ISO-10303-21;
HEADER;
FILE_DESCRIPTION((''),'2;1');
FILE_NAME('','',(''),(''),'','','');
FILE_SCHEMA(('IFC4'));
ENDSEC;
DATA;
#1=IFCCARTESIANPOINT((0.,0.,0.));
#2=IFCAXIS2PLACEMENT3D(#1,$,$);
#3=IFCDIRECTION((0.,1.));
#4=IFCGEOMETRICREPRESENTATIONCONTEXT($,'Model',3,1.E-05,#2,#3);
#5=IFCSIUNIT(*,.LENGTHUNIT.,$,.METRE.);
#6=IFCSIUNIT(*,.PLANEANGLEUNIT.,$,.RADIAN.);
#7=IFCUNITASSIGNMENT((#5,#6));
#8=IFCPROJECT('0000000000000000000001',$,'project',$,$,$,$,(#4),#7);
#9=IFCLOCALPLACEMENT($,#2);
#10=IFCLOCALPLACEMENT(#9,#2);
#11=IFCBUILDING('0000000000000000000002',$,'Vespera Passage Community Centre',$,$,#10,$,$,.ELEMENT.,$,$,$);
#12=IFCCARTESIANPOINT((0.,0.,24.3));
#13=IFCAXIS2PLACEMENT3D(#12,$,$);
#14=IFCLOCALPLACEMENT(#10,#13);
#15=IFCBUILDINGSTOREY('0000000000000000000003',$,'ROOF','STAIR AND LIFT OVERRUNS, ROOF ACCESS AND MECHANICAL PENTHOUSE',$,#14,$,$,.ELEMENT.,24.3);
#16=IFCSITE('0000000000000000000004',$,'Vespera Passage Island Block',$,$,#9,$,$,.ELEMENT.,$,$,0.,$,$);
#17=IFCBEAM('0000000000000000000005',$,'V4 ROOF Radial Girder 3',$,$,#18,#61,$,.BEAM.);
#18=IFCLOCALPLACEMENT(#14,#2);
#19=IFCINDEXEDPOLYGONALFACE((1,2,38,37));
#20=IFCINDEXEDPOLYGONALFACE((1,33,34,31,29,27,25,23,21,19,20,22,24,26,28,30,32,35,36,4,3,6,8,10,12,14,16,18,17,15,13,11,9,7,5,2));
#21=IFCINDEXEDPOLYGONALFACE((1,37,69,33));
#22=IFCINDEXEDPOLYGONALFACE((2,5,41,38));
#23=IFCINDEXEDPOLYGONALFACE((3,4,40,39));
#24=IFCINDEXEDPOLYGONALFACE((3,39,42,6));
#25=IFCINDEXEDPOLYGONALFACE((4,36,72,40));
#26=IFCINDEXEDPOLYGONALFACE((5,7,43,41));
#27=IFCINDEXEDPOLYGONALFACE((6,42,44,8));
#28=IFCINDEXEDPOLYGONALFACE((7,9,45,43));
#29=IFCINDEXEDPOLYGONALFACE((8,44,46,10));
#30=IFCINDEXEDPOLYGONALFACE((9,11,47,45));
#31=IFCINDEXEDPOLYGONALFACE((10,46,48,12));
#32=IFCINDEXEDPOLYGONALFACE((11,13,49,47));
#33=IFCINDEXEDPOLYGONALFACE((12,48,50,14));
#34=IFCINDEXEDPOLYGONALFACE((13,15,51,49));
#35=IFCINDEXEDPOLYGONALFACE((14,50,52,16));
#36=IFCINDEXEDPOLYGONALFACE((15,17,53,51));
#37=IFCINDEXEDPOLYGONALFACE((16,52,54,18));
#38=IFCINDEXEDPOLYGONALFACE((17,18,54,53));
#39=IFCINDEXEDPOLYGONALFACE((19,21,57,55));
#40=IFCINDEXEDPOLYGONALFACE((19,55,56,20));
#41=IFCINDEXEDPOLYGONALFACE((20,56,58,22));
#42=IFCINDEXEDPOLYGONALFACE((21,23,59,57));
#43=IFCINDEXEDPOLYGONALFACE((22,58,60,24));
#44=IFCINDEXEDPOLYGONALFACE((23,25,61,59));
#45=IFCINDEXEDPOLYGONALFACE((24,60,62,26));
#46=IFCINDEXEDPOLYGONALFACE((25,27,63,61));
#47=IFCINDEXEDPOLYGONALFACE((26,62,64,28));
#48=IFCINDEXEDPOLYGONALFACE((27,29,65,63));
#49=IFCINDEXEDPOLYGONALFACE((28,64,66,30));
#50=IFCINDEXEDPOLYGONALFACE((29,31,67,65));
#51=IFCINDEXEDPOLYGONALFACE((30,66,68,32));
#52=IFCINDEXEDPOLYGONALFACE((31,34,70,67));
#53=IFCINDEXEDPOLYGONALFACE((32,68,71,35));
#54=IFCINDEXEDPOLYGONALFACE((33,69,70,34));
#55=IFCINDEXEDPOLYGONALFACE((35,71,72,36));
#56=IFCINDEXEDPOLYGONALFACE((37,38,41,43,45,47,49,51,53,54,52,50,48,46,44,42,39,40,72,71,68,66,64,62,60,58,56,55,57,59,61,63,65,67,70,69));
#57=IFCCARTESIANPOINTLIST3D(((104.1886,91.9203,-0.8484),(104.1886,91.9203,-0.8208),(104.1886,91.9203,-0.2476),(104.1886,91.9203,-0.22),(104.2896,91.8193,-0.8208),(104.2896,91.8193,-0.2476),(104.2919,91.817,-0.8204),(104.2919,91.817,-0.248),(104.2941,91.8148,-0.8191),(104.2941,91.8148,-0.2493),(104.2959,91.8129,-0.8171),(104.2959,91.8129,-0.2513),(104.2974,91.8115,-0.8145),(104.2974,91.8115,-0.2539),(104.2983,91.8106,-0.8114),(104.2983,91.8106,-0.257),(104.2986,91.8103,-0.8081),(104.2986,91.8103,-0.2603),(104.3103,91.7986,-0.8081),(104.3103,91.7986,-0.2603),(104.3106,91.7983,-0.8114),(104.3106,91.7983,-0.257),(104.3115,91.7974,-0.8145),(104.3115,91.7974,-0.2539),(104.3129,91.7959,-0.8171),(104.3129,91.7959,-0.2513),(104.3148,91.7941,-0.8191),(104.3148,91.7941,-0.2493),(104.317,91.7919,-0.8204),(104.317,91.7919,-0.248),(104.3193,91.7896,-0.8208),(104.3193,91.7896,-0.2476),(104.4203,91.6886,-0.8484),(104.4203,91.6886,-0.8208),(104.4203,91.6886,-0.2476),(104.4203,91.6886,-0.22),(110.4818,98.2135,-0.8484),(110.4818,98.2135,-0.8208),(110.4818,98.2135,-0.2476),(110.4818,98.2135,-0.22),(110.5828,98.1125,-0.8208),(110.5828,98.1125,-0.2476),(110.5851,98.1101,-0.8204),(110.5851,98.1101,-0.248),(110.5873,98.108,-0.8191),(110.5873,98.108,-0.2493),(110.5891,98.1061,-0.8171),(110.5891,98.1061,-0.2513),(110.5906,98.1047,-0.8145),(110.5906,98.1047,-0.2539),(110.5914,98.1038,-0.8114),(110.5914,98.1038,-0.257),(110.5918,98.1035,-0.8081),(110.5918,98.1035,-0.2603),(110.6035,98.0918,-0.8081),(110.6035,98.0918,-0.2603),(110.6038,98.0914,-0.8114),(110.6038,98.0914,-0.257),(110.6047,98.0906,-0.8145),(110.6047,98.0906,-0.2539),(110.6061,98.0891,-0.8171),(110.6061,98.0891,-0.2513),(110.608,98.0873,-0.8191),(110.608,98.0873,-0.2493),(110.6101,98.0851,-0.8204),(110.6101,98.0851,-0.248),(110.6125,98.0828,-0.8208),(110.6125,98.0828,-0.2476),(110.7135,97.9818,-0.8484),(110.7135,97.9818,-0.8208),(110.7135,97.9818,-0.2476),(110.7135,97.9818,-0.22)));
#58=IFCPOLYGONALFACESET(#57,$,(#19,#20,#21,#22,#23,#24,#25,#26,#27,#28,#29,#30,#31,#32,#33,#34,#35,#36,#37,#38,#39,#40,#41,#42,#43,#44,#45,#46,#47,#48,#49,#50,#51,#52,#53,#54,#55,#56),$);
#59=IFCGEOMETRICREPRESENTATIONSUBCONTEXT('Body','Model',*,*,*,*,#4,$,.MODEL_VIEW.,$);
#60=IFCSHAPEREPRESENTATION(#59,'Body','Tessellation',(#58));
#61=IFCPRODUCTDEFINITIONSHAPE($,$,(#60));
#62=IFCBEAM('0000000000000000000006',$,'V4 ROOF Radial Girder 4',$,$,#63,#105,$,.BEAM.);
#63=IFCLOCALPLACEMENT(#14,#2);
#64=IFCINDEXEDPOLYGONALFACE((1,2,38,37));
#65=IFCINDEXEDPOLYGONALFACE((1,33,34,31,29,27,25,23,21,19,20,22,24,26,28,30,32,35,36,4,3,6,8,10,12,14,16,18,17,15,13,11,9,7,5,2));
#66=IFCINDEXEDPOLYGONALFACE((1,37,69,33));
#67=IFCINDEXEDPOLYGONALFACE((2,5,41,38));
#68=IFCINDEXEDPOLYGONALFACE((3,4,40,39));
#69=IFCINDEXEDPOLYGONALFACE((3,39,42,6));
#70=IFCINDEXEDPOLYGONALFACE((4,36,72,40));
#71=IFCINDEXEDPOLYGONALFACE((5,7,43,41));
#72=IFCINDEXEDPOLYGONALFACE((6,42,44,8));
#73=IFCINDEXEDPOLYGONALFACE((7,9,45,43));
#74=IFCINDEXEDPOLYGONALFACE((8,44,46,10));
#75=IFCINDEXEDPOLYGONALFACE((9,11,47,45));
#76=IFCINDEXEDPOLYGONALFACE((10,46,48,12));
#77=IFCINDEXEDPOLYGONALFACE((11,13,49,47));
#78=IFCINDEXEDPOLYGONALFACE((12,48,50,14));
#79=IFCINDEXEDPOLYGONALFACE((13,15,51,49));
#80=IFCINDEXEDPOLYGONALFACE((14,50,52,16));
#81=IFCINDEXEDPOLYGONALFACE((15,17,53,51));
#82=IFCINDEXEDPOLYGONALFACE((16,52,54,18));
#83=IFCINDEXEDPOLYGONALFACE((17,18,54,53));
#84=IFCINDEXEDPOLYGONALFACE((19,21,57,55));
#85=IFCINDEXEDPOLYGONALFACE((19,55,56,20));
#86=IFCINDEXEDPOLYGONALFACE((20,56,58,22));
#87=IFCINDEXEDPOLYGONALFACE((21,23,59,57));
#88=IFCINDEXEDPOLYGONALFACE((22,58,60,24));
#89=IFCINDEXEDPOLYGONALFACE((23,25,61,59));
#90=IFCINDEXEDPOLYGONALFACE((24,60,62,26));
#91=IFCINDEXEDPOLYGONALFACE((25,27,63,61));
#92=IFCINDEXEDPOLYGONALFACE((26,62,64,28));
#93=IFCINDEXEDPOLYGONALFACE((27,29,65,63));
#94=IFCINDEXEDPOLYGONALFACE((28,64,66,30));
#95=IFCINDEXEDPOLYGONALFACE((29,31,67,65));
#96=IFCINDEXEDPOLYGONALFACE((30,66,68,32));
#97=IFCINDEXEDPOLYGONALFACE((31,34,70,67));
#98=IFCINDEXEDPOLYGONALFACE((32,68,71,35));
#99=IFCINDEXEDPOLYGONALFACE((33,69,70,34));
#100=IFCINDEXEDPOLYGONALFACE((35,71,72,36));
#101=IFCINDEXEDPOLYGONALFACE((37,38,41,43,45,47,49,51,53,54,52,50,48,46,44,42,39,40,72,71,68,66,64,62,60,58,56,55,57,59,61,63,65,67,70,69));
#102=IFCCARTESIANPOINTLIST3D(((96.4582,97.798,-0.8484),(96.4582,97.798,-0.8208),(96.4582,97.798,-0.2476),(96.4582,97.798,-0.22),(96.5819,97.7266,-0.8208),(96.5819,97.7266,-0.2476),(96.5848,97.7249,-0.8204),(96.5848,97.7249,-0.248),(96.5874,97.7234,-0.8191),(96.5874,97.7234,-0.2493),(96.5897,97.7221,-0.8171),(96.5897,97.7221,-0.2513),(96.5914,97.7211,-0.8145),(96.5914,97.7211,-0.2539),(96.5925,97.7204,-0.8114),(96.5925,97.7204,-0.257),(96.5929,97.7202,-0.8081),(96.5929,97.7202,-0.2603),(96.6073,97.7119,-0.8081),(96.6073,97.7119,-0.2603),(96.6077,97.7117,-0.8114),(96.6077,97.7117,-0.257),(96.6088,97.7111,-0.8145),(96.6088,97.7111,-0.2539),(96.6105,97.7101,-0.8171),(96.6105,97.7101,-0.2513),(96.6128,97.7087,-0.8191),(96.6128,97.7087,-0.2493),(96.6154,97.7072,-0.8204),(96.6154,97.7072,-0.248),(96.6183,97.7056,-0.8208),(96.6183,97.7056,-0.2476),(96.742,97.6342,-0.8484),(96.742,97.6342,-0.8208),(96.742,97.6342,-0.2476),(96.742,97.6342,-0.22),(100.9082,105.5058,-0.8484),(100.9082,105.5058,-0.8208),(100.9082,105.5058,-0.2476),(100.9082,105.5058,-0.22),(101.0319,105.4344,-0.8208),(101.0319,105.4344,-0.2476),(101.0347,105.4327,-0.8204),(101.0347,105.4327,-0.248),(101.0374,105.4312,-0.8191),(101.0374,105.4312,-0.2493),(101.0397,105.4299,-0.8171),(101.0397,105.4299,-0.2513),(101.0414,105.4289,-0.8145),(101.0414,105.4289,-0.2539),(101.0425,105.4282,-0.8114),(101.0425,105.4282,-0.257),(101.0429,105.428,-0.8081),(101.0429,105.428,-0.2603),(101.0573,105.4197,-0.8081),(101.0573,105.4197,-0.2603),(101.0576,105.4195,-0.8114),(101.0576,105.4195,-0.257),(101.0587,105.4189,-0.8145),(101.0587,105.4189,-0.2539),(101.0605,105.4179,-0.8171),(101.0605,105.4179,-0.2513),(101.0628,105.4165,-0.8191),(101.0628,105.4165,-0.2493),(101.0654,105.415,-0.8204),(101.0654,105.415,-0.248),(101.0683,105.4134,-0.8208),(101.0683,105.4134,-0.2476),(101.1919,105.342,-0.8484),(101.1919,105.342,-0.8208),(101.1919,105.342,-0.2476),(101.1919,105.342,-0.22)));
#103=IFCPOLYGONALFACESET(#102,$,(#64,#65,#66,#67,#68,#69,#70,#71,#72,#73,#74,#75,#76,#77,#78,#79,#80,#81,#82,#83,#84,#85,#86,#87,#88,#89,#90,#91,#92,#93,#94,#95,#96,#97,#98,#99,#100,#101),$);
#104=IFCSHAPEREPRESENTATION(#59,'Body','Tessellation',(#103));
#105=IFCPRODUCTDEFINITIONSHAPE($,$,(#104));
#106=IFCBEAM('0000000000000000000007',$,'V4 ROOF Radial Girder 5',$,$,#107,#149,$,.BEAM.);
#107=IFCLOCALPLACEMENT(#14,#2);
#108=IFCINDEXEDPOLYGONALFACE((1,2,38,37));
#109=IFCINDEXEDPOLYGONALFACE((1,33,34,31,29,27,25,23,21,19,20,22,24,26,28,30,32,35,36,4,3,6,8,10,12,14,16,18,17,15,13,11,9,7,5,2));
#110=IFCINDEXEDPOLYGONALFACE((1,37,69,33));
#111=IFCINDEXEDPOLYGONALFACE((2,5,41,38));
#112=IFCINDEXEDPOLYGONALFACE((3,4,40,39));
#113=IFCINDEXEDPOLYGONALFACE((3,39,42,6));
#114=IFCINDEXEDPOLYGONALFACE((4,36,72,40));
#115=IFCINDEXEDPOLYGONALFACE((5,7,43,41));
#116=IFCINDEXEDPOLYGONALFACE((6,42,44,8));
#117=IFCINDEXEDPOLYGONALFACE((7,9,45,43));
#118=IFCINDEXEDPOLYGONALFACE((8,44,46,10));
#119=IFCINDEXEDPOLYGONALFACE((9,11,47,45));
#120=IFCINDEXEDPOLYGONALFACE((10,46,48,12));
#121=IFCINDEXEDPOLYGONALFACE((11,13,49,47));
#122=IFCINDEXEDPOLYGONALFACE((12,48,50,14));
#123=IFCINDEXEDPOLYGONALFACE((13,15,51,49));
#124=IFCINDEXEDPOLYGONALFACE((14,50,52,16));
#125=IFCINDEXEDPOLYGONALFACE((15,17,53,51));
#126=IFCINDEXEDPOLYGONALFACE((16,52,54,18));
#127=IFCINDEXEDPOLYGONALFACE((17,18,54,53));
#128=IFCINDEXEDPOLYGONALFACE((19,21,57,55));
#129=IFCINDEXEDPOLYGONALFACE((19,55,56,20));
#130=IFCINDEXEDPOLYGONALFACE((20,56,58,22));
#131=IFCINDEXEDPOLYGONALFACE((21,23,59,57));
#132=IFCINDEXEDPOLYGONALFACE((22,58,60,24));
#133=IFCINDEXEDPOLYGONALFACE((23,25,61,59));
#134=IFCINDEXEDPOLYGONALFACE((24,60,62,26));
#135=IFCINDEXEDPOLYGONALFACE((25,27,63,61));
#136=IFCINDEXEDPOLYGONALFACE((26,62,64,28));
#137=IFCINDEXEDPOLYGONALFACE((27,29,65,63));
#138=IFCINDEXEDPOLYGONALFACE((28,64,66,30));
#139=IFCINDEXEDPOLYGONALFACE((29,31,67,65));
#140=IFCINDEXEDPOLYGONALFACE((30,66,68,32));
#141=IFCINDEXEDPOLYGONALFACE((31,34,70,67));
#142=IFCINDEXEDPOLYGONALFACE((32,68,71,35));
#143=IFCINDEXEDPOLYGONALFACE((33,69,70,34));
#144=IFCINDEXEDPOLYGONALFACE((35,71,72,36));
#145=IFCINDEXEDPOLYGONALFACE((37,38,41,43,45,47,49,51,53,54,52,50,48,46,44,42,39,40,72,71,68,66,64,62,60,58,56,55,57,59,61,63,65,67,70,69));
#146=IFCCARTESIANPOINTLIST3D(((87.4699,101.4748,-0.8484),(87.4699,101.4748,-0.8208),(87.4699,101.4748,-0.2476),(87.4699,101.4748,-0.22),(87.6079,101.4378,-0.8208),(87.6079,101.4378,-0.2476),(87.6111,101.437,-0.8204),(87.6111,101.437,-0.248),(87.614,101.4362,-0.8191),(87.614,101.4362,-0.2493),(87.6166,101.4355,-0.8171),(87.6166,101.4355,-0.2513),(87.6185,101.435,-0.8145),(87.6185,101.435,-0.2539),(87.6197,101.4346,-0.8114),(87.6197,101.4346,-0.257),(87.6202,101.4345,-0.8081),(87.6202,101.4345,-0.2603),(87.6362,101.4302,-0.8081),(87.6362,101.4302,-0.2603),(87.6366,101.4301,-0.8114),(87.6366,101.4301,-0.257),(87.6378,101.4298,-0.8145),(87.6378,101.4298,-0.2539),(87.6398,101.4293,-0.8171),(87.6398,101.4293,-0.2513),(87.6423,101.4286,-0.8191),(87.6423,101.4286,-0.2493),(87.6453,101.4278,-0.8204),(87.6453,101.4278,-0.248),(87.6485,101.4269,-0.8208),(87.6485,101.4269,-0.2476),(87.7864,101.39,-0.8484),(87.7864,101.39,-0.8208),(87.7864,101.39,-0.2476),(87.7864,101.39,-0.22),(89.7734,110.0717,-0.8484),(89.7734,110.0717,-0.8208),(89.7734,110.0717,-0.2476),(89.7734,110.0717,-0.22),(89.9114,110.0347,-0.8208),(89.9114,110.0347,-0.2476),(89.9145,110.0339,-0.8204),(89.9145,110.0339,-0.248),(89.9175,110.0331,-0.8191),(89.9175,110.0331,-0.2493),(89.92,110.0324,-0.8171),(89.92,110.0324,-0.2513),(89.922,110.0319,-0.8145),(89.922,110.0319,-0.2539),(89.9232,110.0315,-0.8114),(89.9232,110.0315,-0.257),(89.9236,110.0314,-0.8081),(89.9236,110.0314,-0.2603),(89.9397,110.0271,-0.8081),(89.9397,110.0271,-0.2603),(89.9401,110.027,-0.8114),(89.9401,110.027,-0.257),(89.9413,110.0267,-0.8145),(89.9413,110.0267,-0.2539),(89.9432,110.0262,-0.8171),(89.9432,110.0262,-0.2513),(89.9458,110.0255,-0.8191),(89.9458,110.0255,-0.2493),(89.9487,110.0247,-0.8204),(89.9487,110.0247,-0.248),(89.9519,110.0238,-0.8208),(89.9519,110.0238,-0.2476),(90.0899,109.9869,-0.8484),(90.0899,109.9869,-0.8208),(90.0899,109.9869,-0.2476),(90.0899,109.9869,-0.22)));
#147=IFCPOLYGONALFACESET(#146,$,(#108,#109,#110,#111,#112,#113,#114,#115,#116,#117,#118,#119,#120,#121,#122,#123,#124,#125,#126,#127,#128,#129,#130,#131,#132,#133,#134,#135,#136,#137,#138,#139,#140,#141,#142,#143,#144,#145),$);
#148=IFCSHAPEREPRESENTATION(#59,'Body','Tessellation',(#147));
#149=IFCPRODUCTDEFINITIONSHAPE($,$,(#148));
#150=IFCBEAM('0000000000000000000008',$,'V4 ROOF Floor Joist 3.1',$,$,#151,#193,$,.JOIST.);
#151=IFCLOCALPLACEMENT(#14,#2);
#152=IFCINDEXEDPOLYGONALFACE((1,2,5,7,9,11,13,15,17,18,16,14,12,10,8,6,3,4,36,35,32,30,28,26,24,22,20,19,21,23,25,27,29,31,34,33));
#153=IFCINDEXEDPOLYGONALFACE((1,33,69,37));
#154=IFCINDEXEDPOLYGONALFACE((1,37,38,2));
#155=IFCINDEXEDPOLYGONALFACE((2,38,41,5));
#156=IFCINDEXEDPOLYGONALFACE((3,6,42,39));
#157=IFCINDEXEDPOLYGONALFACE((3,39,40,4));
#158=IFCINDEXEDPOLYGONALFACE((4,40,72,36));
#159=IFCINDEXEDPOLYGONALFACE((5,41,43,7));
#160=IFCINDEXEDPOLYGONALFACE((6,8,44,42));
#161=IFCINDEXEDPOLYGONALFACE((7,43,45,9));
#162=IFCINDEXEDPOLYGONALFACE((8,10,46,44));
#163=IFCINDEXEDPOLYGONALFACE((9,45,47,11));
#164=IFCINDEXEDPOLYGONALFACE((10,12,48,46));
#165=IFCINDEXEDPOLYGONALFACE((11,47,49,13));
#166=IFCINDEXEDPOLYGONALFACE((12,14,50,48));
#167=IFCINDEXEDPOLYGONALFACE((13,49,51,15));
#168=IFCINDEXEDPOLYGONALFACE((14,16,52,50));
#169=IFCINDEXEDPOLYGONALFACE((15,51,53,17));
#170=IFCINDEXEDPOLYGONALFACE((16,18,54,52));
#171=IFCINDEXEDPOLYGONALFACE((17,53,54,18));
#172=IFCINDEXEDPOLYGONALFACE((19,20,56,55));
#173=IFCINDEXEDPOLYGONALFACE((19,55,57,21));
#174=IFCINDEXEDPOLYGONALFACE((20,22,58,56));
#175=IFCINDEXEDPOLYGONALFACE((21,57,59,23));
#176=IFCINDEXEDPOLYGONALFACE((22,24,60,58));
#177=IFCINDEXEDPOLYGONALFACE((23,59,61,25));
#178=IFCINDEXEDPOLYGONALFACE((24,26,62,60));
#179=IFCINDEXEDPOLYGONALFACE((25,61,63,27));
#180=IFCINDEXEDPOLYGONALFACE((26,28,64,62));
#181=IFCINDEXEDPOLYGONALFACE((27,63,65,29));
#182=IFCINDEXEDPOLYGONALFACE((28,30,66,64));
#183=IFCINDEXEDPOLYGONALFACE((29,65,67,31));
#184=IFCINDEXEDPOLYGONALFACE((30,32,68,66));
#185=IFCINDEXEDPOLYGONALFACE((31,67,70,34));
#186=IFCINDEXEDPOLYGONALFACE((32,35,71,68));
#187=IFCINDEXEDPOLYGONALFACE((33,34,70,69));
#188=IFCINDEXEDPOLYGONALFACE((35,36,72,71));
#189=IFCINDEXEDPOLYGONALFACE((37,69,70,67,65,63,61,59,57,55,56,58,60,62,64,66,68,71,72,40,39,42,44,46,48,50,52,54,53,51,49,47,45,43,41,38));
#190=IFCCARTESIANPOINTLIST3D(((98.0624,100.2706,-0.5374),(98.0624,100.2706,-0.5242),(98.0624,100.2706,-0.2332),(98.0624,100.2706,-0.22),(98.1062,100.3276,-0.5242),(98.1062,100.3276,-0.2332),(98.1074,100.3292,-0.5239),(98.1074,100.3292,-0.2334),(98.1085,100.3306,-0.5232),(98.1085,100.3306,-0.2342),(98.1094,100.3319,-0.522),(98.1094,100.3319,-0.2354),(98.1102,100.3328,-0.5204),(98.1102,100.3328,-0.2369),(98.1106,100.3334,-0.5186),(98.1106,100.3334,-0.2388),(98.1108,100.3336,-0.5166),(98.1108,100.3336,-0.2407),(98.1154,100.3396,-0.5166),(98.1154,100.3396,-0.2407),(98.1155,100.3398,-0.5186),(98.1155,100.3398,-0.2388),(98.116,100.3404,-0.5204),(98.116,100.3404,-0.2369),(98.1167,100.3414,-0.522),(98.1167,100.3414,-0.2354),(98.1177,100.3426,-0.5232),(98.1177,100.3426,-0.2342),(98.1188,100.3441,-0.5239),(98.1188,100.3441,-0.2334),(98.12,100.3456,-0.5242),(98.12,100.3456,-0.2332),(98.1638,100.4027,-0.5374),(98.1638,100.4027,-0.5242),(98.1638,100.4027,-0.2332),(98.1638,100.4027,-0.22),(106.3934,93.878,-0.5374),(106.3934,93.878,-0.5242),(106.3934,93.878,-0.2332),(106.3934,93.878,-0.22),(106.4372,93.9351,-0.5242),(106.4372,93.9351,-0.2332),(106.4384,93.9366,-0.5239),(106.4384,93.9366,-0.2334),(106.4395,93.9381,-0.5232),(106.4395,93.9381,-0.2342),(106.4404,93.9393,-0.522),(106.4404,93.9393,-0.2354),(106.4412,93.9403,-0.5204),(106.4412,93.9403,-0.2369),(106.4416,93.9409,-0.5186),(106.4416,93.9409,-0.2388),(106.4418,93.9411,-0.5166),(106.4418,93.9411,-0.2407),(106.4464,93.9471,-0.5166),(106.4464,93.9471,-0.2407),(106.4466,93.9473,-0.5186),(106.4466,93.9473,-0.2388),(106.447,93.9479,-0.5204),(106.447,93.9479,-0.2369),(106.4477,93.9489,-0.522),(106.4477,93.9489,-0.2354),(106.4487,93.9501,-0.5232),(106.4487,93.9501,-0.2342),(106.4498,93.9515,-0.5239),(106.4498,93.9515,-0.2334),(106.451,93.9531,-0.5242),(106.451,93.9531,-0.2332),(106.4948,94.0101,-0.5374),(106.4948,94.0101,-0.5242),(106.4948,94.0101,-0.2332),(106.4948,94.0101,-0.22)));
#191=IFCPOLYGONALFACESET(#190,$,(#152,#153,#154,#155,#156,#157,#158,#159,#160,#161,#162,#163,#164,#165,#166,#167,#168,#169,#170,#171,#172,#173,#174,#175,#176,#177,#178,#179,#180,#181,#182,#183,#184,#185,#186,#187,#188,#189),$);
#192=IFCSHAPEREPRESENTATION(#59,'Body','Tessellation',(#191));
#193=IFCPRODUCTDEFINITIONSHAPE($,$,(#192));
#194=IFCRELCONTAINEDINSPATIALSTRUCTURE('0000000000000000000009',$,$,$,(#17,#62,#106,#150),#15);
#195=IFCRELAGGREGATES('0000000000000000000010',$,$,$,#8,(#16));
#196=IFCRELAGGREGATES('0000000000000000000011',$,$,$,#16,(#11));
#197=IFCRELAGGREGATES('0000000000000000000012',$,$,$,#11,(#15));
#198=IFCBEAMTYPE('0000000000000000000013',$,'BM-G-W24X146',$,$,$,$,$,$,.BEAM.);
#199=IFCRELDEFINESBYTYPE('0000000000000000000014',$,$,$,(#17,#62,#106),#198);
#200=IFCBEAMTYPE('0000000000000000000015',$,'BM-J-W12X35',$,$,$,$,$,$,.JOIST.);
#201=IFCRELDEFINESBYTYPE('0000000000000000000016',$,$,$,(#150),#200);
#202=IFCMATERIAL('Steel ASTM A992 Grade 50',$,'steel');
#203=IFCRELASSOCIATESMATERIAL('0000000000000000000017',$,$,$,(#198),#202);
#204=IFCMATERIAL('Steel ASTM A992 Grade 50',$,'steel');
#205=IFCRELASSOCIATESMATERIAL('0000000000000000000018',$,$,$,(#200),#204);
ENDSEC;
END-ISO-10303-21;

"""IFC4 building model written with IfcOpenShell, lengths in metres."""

from ifc_helpers import new_model, si_unit, direction, frame, origin, origin_2d, place, context, subcontext, project, spatial, i_section, extrude, material, material_profile, profile_set, type_object, element, save


model = new_model("IFC4")

# Units and contexts
model_context = context("Model", 3, precision=1e-05, world=origin(), true_north=direction((0.0, 1.0)))
body_context = subcontext(model_context, "Body", "Model", "MODEL_VIEW")
ifc_project = project(units=[si_unit("LENGTHUNIT", "METRE"), si_unit("PLANEANGLEUNIT", "RADIAN")], contexts=[model_context])

# Site, building, storey
site_placement = place(None, origin())
site = spatial("IfcSite", under=ifc_project, at=site_placement, Name="Vespera Passage Island Block", CompositionType="ELEMENT", RefElevation=0.0)
building_placement = place(site_placement, origin())
building = spatial("IfcBuilding", under=site, at=building_placement, Name="Vespera Passage Community Centre", CompositionType="ELEMENT")
storey_placement = place(building_placement, frame((0.0, 0.0, 24.3)))
storey = spatial("IfcBuildingStorey", under=building, at=storey_placement, Name="ROOF", Description="STAIR AND LIFT OVERRUNS, ROOF ACCESS AND MECHANICAL PENTHOUSE", CompositionType="ELEMENT", Elevation=24.3)

# Beams
ifc_material_1 = material(Name="Steel ASTM A992 Grade 50", Category="steel")
ifc_material_profile_1 = material_profile(ifc_material_1, i_section(OverallWidth=0.3276, OverallDepth=0.6284, WebThickness=0.0166, FlangeThickness=0.0276, FilletRadius=0.0127, at=origin_2d()), Name="W24X146")
ifc_profile_set_1 = profile_set([ifc_material_profile_1], Name="Steel ASTM A992 Grade 50")
beam_type_1 = type_object("IfcBeamType", Name="BM-G-W24X146", PredefinedType="BEAM", material=ifc_profile_set_1)
beam_1_placement = place(storey_placement, frame((104.3044, 91.8044, -0.5342), z_axis=(0.707107, 0.707107, 0.0), x_axis=(-0.707107, 0.707107, 0.0)))
element("IfcBeam", 1, at=beam_1_placement, inside=storey, type_object=beam_type_1, Name="V4 ROOF Radial Girder 3", PredefinedType="BEAM", context=body_context, shape_type="SweptSolid", body=[
    extrude(i_section(OverallWidth=0.3276, OverallDepth=0.6284, WebThickness=0.0166, FlangeThickness=0.0276, FilletRadius=0.0127, at=origin_2d()), origin(), (0.0, 0.0, 1.0), 8.8999),
])
for number, where, z_axis, x_axis, name in (
    (2, (96.6001, 97.7161, -0.5342), (0.499989, 0.866032, 0.0), (-0.866032, 0.499989, 0.0), "V4 ROOF Radial Girder 4"),
    (3, (87.6282, 101.4324, -0.5342), (0.258811, 0.965928, 0.0), (-0.965928, 0.258811, 0.0), "V4 ROOF Radial Girder 5"),
):
    element("IfcBeam", number, at=place(storey_placement, frame(where, z_axis=z_axis, x_axis=x_axis)), inside=storey, type_object=beam_type_1, Name=name, PredefinedType="BEAM", context=body_context, shape_type="SweptSolid", body=[
        extrude(i_section(OverallWidth=0.3276, OverallDepth=0.6284, WebThickness=0.0166, FlangeThickness=0.0276, FilletRadius=0.0127, at=origin_2d()), origin(), (0.0, 0.0, 1.0), 8.9001),
    ])
ifc_material_2 = material(Name="Steel ASTM A992 Grade 50", Category="steel")
ifc_material_profile_2 = material_profile(ifc_material_2, i_section(OverallWidth=0.1665, OverallDepth=0.3174, WebThickness=0.0076, FlangeThickness=0.0132, FilletRadius=0.0076, at=origin_2d()), Name="W12X35")
ifc_profile_set_2 = profile_set([ifc_material_profile_2], Name="Steel ASTM A992 Grade 50")
beam_type_2 = type_object("IfcBeamType", Name="BM-J-W12X35", PredefinedType="JOIST", material=ifc_profile_set_2)
beam_2_placement = place(storey_placement, frame((106.4441, 93.9441, -0.3787), z_axis=(-0.793356, 0.608758, 0.0), x_axis=(-0.608758, -0.793356, 0.0)))
element("IfcBeam", 4, at=beam_2_placement, inside=storey, type_object=beam_type_2, Name="V4 ROOF Floor Joist 3.1", PredefinedType="JOIST", context=body_context, shape_type="SweptSolid", body=[
    extrude(i_section(OverallWidth=0.1665, OverallDepth=0.3174, WebThickness=0.0076, FlangeThickness=0.0132, FilletRadius=0.0076, at=origin_2d()), origin(), (0.0, 0.0, 1.0), 10.501),
])

save(model, "model.ifc")
